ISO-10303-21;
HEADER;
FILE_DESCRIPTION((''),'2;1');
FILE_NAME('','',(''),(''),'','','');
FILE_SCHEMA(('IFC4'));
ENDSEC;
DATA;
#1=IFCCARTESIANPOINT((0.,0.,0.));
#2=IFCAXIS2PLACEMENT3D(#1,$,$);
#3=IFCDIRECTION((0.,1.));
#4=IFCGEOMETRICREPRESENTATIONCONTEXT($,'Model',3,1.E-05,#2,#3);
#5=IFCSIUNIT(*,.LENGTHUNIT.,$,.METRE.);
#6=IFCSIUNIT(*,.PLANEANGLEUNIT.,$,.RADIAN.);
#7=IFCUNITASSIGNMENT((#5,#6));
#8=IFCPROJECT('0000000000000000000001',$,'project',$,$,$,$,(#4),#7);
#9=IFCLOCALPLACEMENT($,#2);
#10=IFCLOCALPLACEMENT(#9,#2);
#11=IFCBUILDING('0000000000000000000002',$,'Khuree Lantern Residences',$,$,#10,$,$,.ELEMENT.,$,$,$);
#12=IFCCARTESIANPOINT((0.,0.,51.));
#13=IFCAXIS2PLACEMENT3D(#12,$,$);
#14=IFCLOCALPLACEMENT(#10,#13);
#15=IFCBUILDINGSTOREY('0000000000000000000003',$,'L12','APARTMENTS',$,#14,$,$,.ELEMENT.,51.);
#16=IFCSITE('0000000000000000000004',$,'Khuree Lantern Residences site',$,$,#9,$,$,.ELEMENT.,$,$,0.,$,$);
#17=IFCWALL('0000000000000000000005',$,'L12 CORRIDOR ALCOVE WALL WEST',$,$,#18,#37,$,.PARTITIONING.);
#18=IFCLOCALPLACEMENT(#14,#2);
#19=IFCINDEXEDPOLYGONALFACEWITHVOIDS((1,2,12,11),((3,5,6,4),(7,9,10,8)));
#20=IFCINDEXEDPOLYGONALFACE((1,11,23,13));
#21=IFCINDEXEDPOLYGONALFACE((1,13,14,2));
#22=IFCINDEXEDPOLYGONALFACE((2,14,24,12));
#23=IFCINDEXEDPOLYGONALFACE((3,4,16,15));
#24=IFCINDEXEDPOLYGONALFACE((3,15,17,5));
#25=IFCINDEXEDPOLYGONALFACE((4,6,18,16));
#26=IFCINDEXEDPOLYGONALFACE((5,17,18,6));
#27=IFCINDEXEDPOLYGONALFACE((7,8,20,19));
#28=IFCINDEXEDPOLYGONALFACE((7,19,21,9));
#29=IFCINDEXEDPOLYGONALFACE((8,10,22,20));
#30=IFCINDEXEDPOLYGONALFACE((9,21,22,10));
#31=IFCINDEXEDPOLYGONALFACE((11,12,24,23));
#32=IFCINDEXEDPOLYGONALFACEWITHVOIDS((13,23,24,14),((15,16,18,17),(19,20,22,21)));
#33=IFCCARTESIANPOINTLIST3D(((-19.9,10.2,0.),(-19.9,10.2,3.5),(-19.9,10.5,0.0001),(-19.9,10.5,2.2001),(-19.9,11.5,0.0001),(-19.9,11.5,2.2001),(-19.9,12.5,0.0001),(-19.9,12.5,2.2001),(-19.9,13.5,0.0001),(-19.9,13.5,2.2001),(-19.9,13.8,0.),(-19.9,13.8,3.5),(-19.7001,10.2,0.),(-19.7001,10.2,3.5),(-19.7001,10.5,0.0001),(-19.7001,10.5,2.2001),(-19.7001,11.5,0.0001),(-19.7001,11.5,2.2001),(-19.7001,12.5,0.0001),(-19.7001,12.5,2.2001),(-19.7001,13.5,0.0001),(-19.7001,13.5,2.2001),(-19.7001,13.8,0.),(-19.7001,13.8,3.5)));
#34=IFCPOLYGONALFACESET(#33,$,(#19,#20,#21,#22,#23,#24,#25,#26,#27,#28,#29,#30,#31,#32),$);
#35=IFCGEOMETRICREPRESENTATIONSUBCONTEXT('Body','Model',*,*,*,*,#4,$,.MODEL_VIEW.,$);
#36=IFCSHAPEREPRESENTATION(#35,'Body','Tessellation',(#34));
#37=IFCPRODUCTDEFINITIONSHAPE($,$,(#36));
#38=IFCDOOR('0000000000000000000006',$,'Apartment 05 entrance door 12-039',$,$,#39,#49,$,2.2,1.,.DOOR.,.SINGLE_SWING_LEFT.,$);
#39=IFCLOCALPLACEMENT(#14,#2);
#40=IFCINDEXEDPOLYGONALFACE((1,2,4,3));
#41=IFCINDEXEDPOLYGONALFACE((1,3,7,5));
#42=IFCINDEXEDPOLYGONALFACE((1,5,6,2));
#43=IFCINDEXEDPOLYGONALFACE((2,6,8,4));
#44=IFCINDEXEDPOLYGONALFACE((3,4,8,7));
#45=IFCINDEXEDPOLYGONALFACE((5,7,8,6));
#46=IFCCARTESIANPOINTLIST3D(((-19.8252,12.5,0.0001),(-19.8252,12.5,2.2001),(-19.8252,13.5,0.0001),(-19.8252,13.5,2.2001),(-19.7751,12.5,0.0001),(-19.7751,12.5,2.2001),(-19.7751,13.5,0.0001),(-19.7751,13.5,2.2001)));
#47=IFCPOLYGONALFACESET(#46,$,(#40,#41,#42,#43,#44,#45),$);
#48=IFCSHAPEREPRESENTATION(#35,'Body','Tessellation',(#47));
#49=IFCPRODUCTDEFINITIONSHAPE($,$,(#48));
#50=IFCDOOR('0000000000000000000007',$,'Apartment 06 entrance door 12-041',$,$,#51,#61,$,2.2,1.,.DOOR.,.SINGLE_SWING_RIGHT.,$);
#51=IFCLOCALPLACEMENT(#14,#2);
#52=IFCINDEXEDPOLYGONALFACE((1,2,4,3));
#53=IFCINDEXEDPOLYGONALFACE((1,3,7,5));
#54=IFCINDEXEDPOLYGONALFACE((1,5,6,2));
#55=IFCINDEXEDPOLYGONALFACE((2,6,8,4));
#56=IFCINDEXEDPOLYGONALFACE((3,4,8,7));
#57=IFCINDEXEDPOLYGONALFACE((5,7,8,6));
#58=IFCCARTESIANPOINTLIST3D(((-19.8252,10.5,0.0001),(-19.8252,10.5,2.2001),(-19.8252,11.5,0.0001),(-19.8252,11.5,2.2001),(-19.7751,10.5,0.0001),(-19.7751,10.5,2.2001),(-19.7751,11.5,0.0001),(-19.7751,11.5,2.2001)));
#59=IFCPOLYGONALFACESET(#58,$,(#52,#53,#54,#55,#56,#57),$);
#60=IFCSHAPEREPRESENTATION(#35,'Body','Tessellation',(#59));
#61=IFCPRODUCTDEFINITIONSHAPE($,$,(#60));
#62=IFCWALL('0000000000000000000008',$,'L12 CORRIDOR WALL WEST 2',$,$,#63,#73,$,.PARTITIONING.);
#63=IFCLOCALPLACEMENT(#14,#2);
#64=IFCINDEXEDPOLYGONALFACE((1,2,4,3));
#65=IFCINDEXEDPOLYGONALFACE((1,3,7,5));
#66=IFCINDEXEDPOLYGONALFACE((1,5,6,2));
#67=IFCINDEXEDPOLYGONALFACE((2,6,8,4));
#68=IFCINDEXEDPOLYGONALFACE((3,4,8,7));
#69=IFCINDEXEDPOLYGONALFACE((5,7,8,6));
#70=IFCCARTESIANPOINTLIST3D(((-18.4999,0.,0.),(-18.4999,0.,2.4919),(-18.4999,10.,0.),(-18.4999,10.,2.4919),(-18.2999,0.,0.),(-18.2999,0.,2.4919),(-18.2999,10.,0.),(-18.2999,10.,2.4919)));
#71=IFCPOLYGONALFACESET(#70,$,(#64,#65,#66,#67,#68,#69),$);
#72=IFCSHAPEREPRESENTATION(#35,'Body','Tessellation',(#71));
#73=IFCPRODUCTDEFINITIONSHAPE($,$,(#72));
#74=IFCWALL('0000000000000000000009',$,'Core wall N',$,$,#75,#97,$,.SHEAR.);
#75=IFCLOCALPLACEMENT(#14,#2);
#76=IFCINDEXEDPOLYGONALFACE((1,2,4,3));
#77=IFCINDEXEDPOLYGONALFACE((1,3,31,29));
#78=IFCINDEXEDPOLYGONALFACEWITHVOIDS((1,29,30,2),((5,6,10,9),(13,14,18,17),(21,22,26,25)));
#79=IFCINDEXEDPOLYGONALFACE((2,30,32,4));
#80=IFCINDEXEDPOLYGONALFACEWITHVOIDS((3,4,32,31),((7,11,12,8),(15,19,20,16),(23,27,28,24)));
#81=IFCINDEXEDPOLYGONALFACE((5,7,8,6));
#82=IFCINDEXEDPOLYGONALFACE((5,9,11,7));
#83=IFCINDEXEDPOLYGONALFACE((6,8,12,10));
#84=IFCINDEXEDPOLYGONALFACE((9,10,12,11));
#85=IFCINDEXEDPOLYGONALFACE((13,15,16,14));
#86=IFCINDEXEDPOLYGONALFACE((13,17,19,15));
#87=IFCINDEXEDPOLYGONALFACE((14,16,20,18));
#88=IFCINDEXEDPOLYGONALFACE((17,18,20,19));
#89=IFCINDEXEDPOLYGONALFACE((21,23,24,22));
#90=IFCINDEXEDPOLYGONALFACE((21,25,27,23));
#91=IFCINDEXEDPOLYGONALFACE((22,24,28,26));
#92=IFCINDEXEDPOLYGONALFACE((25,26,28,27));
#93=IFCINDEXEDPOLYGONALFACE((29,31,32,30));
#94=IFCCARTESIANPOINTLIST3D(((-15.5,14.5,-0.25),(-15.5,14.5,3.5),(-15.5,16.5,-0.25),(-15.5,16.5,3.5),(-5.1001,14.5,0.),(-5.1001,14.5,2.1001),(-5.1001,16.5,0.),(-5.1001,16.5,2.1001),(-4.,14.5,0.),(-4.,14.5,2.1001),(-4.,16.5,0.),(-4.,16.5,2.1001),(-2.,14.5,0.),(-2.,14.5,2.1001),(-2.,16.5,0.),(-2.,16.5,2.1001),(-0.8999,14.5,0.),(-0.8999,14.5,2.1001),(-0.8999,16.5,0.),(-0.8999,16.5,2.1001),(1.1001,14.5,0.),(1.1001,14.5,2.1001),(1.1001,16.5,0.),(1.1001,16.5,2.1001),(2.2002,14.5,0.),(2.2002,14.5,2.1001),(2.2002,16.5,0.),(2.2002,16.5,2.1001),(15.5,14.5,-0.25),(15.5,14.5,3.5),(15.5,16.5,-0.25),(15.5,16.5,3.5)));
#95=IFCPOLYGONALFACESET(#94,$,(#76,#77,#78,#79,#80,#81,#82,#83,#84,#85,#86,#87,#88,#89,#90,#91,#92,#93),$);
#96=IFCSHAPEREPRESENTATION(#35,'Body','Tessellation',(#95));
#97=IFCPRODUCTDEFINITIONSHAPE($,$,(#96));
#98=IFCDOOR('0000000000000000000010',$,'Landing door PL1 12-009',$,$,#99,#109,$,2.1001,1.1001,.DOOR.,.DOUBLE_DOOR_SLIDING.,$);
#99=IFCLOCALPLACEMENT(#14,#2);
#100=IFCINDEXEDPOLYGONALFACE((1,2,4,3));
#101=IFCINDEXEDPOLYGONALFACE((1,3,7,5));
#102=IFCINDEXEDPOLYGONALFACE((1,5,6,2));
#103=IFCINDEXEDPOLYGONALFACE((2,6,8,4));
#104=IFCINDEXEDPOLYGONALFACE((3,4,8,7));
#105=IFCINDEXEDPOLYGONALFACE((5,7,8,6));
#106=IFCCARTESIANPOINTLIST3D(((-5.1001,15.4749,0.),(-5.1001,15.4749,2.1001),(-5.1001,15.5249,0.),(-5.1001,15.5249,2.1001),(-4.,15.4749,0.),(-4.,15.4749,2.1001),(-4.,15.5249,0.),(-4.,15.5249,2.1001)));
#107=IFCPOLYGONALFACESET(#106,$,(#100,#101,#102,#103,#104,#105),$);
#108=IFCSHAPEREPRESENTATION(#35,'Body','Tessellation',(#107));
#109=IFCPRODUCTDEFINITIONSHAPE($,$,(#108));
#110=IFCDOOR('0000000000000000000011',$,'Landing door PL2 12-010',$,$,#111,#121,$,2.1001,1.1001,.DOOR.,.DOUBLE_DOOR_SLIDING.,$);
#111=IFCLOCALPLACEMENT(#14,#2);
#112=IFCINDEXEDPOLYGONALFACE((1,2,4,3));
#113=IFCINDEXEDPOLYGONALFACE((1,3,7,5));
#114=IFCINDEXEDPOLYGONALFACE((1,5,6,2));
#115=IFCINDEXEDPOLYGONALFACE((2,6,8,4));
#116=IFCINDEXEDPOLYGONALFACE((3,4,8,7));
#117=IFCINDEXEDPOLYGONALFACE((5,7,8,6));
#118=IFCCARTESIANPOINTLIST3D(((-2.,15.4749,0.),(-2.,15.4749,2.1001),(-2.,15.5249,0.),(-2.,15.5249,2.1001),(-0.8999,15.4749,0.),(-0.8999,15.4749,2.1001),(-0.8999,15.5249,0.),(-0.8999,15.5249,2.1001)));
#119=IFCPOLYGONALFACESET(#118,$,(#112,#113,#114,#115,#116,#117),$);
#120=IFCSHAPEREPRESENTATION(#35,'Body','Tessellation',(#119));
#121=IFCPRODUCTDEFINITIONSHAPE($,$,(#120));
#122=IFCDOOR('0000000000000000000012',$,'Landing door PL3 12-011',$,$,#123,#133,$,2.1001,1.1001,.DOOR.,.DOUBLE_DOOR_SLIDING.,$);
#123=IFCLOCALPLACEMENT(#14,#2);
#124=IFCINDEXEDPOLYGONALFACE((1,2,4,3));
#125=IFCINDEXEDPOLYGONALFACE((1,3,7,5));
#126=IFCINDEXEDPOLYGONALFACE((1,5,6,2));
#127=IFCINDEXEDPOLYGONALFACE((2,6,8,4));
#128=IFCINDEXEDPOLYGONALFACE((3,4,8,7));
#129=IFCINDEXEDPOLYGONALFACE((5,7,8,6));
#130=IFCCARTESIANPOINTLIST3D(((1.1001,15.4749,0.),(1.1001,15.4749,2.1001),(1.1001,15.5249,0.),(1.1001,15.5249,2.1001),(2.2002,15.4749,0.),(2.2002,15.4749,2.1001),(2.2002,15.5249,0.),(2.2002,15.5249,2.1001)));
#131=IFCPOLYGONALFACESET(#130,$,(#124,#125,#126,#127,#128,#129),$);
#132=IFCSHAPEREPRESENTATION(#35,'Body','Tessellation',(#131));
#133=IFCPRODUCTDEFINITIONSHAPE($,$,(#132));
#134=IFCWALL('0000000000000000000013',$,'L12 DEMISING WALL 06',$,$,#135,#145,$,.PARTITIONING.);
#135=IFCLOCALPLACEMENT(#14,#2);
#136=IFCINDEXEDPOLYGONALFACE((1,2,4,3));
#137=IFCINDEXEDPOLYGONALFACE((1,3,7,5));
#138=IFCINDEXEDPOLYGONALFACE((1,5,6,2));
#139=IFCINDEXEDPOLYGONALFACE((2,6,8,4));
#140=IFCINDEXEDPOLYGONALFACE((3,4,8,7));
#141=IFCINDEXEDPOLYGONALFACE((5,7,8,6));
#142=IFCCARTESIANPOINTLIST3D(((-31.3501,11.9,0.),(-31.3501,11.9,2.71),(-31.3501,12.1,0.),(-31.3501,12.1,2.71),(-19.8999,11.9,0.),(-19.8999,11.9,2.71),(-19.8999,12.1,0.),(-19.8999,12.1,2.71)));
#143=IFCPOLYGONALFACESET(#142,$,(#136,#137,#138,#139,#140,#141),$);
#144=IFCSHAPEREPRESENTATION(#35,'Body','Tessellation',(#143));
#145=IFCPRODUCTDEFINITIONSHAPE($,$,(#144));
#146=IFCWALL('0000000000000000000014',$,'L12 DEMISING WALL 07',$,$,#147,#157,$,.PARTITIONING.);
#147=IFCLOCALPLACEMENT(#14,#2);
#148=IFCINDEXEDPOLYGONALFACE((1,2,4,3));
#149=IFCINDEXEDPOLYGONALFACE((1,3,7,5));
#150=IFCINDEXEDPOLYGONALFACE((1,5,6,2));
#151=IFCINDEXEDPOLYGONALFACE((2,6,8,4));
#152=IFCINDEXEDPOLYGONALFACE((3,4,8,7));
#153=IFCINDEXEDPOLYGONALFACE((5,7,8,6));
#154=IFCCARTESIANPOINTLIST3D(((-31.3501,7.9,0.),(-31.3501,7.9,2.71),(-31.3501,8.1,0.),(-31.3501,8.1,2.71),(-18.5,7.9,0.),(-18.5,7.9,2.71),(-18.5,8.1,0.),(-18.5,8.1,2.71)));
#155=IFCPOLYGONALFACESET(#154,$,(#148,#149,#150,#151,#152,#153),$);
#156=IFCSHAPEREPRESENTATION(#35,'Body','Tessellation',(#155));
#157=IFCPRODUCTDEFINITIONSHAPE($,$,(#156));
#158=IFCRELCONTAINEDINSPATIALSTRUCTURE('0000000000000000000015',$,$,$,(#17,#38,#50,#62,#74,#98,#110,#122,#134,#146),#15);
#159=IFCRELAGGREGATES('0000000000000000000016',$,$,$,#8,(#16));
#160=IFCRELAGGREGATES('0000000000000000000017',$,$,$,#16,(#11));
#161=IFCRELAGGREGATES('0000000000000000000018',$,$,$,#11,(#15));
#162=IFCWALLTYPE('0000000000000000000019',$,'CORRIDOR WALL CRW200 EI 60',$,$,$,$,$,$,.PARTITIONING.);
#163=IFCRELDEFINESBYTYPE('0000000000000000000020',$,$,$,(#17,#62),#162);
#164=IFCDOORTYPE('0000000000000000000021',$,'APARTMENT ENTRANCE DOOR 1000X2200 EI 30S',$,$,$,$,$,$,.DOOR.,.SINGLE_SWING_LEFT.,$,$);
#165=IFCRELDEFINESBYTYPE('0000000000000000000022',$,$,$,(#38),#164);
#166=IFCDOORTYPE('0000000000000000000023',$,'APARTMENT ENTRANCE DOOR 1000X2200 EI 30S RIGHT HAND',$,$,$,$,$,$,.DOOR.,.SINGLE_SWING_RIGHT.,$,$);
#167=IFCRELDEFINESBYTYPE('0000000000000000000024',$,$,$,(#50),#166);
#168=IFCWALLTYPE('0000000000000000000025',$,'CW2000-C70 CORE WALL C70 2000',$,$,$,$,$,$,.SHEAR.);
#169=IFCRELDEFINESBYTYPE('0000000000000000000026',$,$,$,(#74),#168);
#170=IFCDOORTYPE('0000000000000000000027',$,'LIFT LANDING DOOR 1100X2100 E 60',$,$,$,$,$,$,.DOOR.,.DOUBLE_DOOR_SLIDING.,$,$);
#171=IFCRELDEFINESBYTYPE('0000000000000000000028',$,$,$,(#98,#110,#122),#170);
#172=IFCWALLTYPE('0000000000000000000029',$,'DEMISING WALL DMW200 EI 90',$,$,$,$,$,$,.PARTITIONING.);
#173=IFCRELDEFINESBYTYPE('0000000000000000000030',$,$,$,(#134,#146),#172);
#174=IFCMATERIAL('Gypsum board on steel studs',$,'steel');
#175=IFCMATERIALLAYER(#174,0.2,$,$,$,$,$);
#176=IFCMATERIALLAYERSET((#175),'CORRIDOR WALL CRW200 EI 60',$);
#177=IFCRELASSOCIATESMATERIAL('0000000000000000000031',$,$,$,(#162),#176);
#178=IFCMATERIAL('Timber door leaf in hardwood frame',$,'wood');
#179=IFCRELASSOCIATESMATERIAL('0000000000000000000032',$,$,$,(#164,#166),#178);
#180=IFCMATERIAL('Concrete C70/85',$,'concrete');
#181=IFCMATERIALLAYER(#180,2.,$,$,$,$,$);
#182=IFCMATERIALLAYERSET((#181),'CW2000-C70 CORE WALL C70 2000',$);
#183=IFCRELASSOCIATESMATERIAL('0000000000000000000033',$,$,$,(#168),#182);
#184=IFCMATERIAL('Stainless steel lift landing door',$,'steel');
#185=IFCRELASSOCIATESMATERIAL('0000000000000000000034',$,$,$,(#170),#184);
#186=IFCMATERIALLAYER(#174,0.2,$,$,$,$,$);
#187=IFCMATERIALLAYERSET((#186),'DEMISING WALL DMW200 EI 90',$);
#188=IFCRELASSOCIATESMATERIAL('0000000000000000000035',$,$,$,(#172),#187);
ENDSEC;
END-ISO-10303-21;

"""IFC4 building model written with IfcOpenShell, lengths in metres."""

from ifc_helpers import new_model, si_unit, direction, frame, frame_2d, origin, place, context, subcontext, project, spatial, rectangle, extrude, material, layer, layer_set, type_object, element, fill, save


model = new_model("IFC4")

# Units and contexts
model_context = context("Model", 3, precision=1e-05, world=origin(), true_north=direction((0.0, 1.0)))
body_context = subcontext(model_context, "Body", "Model", "MODEL_VIEW")
ifc_project = project(units=[si_unit("LENGTHUNIT", "METRE"), si_unit("PLANEANGLEUNIT", "RADIAN")], contexts=[model_context])

# Site, building, storey
site_placement = place(None, origin())
site = spatial("IfcSite", under=ifc_project, at=site_placement, Name="Khuree Lantern Residences site", CompositionType="ELEMENT", RefElevation=0.0)
building_placement = place(site_placement, origin())
building = spatial("IfcBuilding", under=site, at=building_placement, Name="Khuree Lantern Residences", CompositionType="ELEMENT")
storey_placement = place(building_placement, frame((0.0, 0.0, 51.0)))
storey = spatial("IfcBuildingStorey", under=building, at=storey_placement, Name="L12", Description="APARTMENTS", CompositionType="ELEMENT", Elevation=51.0)

# Shared definitions
ifc_material_1 = material(Name="Concrete C70/85", Category="concrete")

# Shared definitions
ifc_material_2 = material(Name="Timber door leaf in hardwood frame", Category="wood")

# Shared definitions
ifc_material_3 = material(Name="Gypsum board on steel studs", Category="steel")
ifc_layer_1 = layer(ifc_material_3, 0.2)
ifc_layer_set_1 = layer_set([ifc_layer_1], Name="CORRIDOR WALL CRW200 EI 60")
wall_type_1 = type_object("IfcWallType", Name="CORRIDOR WALL CRW200 EI 60", PredefinedType="PARTITIONING", material=ifc_layer_set_1)

# Wall, openings, doors
wall_1_placement = place(storey_placement, frame((-19.8, 13.8, 0.0), z_axis=(0.0, 0.0, 1.0), x_axis=(0.0, -1.0, 0.0)))
wall_1 = element("IfcWall", 1, at=wall_1_placement, inside=storey, type_object=wall_type_1, Name="L12 CORRIDOR ALCOVE WALL WEST", PredefinedType="PARTITIONING", context=body_context, shape_type="SweptSolid", body=[
    extrude(rectangle(XDim=3.6001, YDim=0.2, at=frame_2d((1.8, 0.0))), origin(), (0.0, 0.0, 1.0), 3.5),
])
opening_1_placement = place(wall_1_placement, frame((0.3, 0.0, 0.0)))
opening_1 = element("IfcOpeningElement", 2, at=opening_1_placement, cuts=wall_1, PredefinedType="OPENING", context=body_context, shape_type="SweptSolid", body=[
    extrude(rectangle(XDim=1.0, YDim=2.2, at=frame_2d((0.5, 1.1001))), frame((0.0, 0.1099, 0.0), z_axis=(0.0, -1.0, 0.0), x_axis=(1.0, 0.0, 0.0)), (0.0, 0.0, 1.0), 0.22),
])
opening_2_placement = place(wall_1_placement, frame((2.3, 0.0, 0.0)))
opening_2 = element("IfcOpeningElement", 3, at=opening_2_placement, cuts=wall_1, PredefinedType="OPENING", context=body_context, shape_type="SweptSolid", body=[
    extrude(rectangle(XDim=1.0, YDim=2.2, at=frame_2d((0.5, 1.1001))), frame((0.0, 0.1099, 0.0), z_axis=(0.0, -1.0, 0.0), x_axis=(1.0, 0.0, 0.0)), (0.0, 0.0, 1.0), 0.22),
])
door_type_1 = type_object("IfcDoorType", Name="APARTMENT ENTRANCE DOOR 1000X2200 EI 30S", OperationType="SINGLE_SWING_LEFT", PredefinedType="DOOR", material=ifc_material_2)
door_1_placement = place(opening_1_placement, origin())
door_1 = element("IfcDoor", 4, at=door_1_placement, inside=storey, type_object=door_type_1, Name="Apartment 05 entrance door 12-039", OperationType="SINGLE_SWING_LEFT", OverallHeight=2.2, OverallWidth=1.0, PredefinedType="DOOR", context=body_context, shape_type="SweptSolid", body=[
    extrude(rectangle(XDim=1.0, YDim=2.2, at=frame_2d((0.5, 1.1001))), frame((0.0, 0.0249, 0.0), z_axis=(0.0, -1.0, 0.0), x_axis=(1.0, 0.0, 0.0)), (0.0, 0.0, 1.0), 0.05),
])
fill(opening_1, door_1)
door_type_2 = type_object("IfcDoorType", Name="APARTMENT ENTRANCE DOOR 1000X2200 EI 30S RIGHT HAND", OperationType="SINGLE_SWING_RIGHT", PredefinedType="DOOR", material=ifc_material_2)
door_2_placement = place(opening_2_placement, origin())
door_2 = element("IfcDoor", 5, at=door_2_placement, inside=storey, type_object=door_type_2, Name="Apartment 06 entrance door 12-041", OperationType="SINGLE_SWING_RIGHT", OverallHeight=2.2, OverallWidth=1.0, PredefinedType="DOOR", context=body_context, shape_type="SweptSolid", body=[
    extrude(rectangle(XDim=1.0, YDim=2.2, at=frame_2d((0.5, 1.1001))), frame((0.0, 0.0249, 0.0), z_axis=(0.0, -1.0, 0.0), x_axis=(1.0, 0.0, 0.0)), (0.0, 0.0, 1.0), 0.05),
])
fill(opening_2, door_2)

# Wall
wall_2_placement = place(storey_placement, frame((-18.3999, 10.0, 0.0), z_axis=(0.0, 0.0, 1.0), x_axis=(0.0, -1.0, 0.0)))
element("IfcWall", 6, at=wall_2_placement, inside=storey, type_object=wall_type_1, Name="L12 CORRIDOR WALL WEST 2", PredefinedType="PARTITIONING", context=body_context, shape_type="SweptSolid", body=[
    extrude(rectangle(XDim=10.0, YDim=0.2, at=frame_2d((5.0, 0.0))), origin(), (0.0, 0.0, 1.0), 2.4919),
])

# Wall, openings, doors
ifc_layer_2 = layer(ifc_material_1, 2.0)
ifc_layer_set_2 = layer_set([ifc_layer_2], Name="CW2000-C70 CORE WALL C70 2000")
wall_type_2 = type_object("IfcWallType", Name="CW2000-C70 CORE WALL C70 2000", PredefinedType="SHEAR", material=ifc_layer_set_2)
wall_3_placement = place(storey_placement, frame((-15.5, 15.5, -0.25), z_axis=(0.0, 0.0, 1.0), x_axis=(1.0, 0.0, 0.0)))
wall_3 = element("IfcWall", 7, at=wall_3_placement, inside=storey, type_object=wall_type_2, Name="Core wall N", PredefinedType="SHEAR", context=body_context, shape_type="SweptSolid", body=[
    extrude(rectangle(XDim=31.0, YDim=2.0, at=frame_2d((15.5, 0.0))), origin(), (0.0, 0.0, 1.0), 3.75),
])
opening_3_placement = place(wall_3_placement, frame((10.3999, 0.0, 0.25)))
opening_3 = element("IfcOpeningElement", 8, at=opening_3_placement, cuts=wall_3, PredefinedType="OPENING", context=body_context, shape_type="SweptSolid", body=[
    extrude(rectangle(XDim=1.1001, YDim=2.1001, at=frame_2d((0.55, 1.05))), frame((0.0, 1.01, 0.0), z_axis=(0.0, -1.0, 0.0), x_axis=(1.0, 0.0, 0.0)), (0.0, 0.0, 1.0), 2.02),
])
opening_4_placement = place(wall_3_placement, frame((13.5, 0.0, 0.25)))
opening_4 = element("IfcOpeningElement", 9, at=opening_4_placement, cuts=wall_3, PredefinedType="OPENING", context=body_context, shape_type="SweptSolid", body=[
    extrude(rectangle(XDim=1.1001, YDim=2.1001, at=frame_2d((0.55, 1.05))), frame((0.0, 1.01, 0.0), z_axis=(0.0, -1.0, 0.0), x_axis=(1.0, 0.0, 0.0)), (0.0, 0.0, 1.0), 2.02),
])
opening_5_placement = place(wall_3_placement, frame((16.6001, 0.0, 0.25)))
opening_5 = element("IfcOpeningElement", 10, at=opening_5_placement, cuts=wall_3, PredefinedType="OPENING", context=body_context, shape_type="SweptSolid", body=[
    extrude(rectangle(XDim=1.1001, YDim=2.1001, at=frame_2d((0.55, 1.05))), frame((0.0, 1.01, 0.0), z_axis=(0.0, -1.0, 0.0), x_axis=(1.0, 0.0, 0.0)), (0.0, 0.0, 1.0), 2.02),
])
ifc_material_4 = material(Name="Stainless steel lift landing door", Category="steel")
door_type_3 = type_object("IfcDoorType", Name="LIFT LANDING DOOR 1100X2100 E 60", OperationType="DOUBLE_DOOR_SLIDING", PredefinedType="DOOR", material=ifc_material_4)
door_3_placement = place(opening_3_placement, origin())
door_3 = element("IfcDoor", 11, at=door_3_placement, inside=storey, type_object=door_type_3, Name="Landing door PL1 12-009", OperationType="DOUBLE_DOOR_SLIDING", OverallHeight=2.1001, OverallWidth=1.1001, PredefinedType="DOOR", context=body_context, shape_type="SweptSolid", body=[
    extrude(rectangle(XDim=1.1001, YDim=2.1001, at=frame_2d((0.55, 1.05))), frame((0.0, 0.0249, 0.0), z_axis=(0.0, -1.0, 0.0), x_axis=(1.0, 0.0, 0.0)), (0.0, 0.0, 1.0), 0.05),
])
fill(opening_3, door_3)
door_4_placement = place(opening_4_placement, origin())
door_4 = element("IfcDoor", 12, at=door_4_placement, inside=storey, type_object=door_type_3, Name="Landing door PL2 12-010", OperationType="DOUBLE_DOOR_SLIDING", OverallHeight=2.1001, OverallWidth=1.1001, PredefinedType="DOOR", context=body_context, shape_type="SweptSolid", body=[
    extrude(rectangle(XDim=1.1001, YDim=2.1001, at=frame_2d((0.55, 1.05))), frame((0.0, 0.0249, 0.0), z_axis=(0.0, -1.0, 0.0), x_axis=(1.0, 0.0, 0.0)), (0.0, 0.0, 1.0), 0.05),
])
fill(opening_4, door_4)
door_5_placement = place(opening_5_placement, origin())
door_5 = element("IfcDoor", 13, at=door_5_placement, inside=storey, type_object=door_type_3, Name="Landing door PL3 12-011", OperationType="DOUBLE_DOOR_SLIDING", OverallHeight=2.1001, OverallWidth=1.1001, PredefinedType="DOOR", context=body_context, shape_type="SweptSolid", body=[
    extrude(rectangle(XDim=1.1001, YDim=2.1001, at=frame_2d((0.55, 1.05))), frame((0.0, 0.0249, 0.0), z_axis=(0.0, -1.0, 0.0), x_axis=(1.0, 0.0, 0.0)), (0.0, 0.0, 1.0), 0.05),
])
fill(opening_5, door_5)

# Walls
ifc_layer_3 = layer(ifc_material_3, 0.2)
ifc_layer_set_3 = layer_set([ifc_layer_3], Name="DEMISING WALL DMW200 EI 90")
wall_type_3 = type_object("IfcWallType", Name="DEMISING WALL DMW200 EI 90", PredefinedType="PARTITIONING", material=ifc_layer_set_3)
wall_4_placement = place(storey_placement, frame((-19.8999, 12.0, 0.0), z_axis=(0.0, 0.0, 1.0), x_axis=(-1.0, 0.0, 0.0)))
element("IfcWall", 14, at=wall_4_placement, inside=storey, type_object=wall_type_3, Name="L12 DEMISING WALL 06", PredefinedType="PARTITIONING", context=body_context, shape_type="SweptSolid", body=[
    extrude(rectangle(XDim=11.4502, YDim=0.2, at=frame_2d((5.7251, 0.0))), origin(), (0.0, 0.0, 1.0), 2.71),
])
wall_5_placement = place(storey_placement, frame((-18.5, 8.0, 0.0), z_axis=(0.0, 0.0, 1.0), x_axis=(-1.0, 0.0, 0.0)))
element("IfcWall", 15, at=wall_5_placement, inside=storey, type_object=wall_type_3, Name="L12 DEMISING WALL 07", PredefinedType="PARTITIONING", context=body_context, shape_type="SweptSolid", body=[
    extrude(rectangle(XDim=12.8501, YDim=0.2, at=frame_2d((6.425, 0.0))), origin(), (0.0, 0.0, 1.0), 2.71),
])

save(model, "model.ifc")
